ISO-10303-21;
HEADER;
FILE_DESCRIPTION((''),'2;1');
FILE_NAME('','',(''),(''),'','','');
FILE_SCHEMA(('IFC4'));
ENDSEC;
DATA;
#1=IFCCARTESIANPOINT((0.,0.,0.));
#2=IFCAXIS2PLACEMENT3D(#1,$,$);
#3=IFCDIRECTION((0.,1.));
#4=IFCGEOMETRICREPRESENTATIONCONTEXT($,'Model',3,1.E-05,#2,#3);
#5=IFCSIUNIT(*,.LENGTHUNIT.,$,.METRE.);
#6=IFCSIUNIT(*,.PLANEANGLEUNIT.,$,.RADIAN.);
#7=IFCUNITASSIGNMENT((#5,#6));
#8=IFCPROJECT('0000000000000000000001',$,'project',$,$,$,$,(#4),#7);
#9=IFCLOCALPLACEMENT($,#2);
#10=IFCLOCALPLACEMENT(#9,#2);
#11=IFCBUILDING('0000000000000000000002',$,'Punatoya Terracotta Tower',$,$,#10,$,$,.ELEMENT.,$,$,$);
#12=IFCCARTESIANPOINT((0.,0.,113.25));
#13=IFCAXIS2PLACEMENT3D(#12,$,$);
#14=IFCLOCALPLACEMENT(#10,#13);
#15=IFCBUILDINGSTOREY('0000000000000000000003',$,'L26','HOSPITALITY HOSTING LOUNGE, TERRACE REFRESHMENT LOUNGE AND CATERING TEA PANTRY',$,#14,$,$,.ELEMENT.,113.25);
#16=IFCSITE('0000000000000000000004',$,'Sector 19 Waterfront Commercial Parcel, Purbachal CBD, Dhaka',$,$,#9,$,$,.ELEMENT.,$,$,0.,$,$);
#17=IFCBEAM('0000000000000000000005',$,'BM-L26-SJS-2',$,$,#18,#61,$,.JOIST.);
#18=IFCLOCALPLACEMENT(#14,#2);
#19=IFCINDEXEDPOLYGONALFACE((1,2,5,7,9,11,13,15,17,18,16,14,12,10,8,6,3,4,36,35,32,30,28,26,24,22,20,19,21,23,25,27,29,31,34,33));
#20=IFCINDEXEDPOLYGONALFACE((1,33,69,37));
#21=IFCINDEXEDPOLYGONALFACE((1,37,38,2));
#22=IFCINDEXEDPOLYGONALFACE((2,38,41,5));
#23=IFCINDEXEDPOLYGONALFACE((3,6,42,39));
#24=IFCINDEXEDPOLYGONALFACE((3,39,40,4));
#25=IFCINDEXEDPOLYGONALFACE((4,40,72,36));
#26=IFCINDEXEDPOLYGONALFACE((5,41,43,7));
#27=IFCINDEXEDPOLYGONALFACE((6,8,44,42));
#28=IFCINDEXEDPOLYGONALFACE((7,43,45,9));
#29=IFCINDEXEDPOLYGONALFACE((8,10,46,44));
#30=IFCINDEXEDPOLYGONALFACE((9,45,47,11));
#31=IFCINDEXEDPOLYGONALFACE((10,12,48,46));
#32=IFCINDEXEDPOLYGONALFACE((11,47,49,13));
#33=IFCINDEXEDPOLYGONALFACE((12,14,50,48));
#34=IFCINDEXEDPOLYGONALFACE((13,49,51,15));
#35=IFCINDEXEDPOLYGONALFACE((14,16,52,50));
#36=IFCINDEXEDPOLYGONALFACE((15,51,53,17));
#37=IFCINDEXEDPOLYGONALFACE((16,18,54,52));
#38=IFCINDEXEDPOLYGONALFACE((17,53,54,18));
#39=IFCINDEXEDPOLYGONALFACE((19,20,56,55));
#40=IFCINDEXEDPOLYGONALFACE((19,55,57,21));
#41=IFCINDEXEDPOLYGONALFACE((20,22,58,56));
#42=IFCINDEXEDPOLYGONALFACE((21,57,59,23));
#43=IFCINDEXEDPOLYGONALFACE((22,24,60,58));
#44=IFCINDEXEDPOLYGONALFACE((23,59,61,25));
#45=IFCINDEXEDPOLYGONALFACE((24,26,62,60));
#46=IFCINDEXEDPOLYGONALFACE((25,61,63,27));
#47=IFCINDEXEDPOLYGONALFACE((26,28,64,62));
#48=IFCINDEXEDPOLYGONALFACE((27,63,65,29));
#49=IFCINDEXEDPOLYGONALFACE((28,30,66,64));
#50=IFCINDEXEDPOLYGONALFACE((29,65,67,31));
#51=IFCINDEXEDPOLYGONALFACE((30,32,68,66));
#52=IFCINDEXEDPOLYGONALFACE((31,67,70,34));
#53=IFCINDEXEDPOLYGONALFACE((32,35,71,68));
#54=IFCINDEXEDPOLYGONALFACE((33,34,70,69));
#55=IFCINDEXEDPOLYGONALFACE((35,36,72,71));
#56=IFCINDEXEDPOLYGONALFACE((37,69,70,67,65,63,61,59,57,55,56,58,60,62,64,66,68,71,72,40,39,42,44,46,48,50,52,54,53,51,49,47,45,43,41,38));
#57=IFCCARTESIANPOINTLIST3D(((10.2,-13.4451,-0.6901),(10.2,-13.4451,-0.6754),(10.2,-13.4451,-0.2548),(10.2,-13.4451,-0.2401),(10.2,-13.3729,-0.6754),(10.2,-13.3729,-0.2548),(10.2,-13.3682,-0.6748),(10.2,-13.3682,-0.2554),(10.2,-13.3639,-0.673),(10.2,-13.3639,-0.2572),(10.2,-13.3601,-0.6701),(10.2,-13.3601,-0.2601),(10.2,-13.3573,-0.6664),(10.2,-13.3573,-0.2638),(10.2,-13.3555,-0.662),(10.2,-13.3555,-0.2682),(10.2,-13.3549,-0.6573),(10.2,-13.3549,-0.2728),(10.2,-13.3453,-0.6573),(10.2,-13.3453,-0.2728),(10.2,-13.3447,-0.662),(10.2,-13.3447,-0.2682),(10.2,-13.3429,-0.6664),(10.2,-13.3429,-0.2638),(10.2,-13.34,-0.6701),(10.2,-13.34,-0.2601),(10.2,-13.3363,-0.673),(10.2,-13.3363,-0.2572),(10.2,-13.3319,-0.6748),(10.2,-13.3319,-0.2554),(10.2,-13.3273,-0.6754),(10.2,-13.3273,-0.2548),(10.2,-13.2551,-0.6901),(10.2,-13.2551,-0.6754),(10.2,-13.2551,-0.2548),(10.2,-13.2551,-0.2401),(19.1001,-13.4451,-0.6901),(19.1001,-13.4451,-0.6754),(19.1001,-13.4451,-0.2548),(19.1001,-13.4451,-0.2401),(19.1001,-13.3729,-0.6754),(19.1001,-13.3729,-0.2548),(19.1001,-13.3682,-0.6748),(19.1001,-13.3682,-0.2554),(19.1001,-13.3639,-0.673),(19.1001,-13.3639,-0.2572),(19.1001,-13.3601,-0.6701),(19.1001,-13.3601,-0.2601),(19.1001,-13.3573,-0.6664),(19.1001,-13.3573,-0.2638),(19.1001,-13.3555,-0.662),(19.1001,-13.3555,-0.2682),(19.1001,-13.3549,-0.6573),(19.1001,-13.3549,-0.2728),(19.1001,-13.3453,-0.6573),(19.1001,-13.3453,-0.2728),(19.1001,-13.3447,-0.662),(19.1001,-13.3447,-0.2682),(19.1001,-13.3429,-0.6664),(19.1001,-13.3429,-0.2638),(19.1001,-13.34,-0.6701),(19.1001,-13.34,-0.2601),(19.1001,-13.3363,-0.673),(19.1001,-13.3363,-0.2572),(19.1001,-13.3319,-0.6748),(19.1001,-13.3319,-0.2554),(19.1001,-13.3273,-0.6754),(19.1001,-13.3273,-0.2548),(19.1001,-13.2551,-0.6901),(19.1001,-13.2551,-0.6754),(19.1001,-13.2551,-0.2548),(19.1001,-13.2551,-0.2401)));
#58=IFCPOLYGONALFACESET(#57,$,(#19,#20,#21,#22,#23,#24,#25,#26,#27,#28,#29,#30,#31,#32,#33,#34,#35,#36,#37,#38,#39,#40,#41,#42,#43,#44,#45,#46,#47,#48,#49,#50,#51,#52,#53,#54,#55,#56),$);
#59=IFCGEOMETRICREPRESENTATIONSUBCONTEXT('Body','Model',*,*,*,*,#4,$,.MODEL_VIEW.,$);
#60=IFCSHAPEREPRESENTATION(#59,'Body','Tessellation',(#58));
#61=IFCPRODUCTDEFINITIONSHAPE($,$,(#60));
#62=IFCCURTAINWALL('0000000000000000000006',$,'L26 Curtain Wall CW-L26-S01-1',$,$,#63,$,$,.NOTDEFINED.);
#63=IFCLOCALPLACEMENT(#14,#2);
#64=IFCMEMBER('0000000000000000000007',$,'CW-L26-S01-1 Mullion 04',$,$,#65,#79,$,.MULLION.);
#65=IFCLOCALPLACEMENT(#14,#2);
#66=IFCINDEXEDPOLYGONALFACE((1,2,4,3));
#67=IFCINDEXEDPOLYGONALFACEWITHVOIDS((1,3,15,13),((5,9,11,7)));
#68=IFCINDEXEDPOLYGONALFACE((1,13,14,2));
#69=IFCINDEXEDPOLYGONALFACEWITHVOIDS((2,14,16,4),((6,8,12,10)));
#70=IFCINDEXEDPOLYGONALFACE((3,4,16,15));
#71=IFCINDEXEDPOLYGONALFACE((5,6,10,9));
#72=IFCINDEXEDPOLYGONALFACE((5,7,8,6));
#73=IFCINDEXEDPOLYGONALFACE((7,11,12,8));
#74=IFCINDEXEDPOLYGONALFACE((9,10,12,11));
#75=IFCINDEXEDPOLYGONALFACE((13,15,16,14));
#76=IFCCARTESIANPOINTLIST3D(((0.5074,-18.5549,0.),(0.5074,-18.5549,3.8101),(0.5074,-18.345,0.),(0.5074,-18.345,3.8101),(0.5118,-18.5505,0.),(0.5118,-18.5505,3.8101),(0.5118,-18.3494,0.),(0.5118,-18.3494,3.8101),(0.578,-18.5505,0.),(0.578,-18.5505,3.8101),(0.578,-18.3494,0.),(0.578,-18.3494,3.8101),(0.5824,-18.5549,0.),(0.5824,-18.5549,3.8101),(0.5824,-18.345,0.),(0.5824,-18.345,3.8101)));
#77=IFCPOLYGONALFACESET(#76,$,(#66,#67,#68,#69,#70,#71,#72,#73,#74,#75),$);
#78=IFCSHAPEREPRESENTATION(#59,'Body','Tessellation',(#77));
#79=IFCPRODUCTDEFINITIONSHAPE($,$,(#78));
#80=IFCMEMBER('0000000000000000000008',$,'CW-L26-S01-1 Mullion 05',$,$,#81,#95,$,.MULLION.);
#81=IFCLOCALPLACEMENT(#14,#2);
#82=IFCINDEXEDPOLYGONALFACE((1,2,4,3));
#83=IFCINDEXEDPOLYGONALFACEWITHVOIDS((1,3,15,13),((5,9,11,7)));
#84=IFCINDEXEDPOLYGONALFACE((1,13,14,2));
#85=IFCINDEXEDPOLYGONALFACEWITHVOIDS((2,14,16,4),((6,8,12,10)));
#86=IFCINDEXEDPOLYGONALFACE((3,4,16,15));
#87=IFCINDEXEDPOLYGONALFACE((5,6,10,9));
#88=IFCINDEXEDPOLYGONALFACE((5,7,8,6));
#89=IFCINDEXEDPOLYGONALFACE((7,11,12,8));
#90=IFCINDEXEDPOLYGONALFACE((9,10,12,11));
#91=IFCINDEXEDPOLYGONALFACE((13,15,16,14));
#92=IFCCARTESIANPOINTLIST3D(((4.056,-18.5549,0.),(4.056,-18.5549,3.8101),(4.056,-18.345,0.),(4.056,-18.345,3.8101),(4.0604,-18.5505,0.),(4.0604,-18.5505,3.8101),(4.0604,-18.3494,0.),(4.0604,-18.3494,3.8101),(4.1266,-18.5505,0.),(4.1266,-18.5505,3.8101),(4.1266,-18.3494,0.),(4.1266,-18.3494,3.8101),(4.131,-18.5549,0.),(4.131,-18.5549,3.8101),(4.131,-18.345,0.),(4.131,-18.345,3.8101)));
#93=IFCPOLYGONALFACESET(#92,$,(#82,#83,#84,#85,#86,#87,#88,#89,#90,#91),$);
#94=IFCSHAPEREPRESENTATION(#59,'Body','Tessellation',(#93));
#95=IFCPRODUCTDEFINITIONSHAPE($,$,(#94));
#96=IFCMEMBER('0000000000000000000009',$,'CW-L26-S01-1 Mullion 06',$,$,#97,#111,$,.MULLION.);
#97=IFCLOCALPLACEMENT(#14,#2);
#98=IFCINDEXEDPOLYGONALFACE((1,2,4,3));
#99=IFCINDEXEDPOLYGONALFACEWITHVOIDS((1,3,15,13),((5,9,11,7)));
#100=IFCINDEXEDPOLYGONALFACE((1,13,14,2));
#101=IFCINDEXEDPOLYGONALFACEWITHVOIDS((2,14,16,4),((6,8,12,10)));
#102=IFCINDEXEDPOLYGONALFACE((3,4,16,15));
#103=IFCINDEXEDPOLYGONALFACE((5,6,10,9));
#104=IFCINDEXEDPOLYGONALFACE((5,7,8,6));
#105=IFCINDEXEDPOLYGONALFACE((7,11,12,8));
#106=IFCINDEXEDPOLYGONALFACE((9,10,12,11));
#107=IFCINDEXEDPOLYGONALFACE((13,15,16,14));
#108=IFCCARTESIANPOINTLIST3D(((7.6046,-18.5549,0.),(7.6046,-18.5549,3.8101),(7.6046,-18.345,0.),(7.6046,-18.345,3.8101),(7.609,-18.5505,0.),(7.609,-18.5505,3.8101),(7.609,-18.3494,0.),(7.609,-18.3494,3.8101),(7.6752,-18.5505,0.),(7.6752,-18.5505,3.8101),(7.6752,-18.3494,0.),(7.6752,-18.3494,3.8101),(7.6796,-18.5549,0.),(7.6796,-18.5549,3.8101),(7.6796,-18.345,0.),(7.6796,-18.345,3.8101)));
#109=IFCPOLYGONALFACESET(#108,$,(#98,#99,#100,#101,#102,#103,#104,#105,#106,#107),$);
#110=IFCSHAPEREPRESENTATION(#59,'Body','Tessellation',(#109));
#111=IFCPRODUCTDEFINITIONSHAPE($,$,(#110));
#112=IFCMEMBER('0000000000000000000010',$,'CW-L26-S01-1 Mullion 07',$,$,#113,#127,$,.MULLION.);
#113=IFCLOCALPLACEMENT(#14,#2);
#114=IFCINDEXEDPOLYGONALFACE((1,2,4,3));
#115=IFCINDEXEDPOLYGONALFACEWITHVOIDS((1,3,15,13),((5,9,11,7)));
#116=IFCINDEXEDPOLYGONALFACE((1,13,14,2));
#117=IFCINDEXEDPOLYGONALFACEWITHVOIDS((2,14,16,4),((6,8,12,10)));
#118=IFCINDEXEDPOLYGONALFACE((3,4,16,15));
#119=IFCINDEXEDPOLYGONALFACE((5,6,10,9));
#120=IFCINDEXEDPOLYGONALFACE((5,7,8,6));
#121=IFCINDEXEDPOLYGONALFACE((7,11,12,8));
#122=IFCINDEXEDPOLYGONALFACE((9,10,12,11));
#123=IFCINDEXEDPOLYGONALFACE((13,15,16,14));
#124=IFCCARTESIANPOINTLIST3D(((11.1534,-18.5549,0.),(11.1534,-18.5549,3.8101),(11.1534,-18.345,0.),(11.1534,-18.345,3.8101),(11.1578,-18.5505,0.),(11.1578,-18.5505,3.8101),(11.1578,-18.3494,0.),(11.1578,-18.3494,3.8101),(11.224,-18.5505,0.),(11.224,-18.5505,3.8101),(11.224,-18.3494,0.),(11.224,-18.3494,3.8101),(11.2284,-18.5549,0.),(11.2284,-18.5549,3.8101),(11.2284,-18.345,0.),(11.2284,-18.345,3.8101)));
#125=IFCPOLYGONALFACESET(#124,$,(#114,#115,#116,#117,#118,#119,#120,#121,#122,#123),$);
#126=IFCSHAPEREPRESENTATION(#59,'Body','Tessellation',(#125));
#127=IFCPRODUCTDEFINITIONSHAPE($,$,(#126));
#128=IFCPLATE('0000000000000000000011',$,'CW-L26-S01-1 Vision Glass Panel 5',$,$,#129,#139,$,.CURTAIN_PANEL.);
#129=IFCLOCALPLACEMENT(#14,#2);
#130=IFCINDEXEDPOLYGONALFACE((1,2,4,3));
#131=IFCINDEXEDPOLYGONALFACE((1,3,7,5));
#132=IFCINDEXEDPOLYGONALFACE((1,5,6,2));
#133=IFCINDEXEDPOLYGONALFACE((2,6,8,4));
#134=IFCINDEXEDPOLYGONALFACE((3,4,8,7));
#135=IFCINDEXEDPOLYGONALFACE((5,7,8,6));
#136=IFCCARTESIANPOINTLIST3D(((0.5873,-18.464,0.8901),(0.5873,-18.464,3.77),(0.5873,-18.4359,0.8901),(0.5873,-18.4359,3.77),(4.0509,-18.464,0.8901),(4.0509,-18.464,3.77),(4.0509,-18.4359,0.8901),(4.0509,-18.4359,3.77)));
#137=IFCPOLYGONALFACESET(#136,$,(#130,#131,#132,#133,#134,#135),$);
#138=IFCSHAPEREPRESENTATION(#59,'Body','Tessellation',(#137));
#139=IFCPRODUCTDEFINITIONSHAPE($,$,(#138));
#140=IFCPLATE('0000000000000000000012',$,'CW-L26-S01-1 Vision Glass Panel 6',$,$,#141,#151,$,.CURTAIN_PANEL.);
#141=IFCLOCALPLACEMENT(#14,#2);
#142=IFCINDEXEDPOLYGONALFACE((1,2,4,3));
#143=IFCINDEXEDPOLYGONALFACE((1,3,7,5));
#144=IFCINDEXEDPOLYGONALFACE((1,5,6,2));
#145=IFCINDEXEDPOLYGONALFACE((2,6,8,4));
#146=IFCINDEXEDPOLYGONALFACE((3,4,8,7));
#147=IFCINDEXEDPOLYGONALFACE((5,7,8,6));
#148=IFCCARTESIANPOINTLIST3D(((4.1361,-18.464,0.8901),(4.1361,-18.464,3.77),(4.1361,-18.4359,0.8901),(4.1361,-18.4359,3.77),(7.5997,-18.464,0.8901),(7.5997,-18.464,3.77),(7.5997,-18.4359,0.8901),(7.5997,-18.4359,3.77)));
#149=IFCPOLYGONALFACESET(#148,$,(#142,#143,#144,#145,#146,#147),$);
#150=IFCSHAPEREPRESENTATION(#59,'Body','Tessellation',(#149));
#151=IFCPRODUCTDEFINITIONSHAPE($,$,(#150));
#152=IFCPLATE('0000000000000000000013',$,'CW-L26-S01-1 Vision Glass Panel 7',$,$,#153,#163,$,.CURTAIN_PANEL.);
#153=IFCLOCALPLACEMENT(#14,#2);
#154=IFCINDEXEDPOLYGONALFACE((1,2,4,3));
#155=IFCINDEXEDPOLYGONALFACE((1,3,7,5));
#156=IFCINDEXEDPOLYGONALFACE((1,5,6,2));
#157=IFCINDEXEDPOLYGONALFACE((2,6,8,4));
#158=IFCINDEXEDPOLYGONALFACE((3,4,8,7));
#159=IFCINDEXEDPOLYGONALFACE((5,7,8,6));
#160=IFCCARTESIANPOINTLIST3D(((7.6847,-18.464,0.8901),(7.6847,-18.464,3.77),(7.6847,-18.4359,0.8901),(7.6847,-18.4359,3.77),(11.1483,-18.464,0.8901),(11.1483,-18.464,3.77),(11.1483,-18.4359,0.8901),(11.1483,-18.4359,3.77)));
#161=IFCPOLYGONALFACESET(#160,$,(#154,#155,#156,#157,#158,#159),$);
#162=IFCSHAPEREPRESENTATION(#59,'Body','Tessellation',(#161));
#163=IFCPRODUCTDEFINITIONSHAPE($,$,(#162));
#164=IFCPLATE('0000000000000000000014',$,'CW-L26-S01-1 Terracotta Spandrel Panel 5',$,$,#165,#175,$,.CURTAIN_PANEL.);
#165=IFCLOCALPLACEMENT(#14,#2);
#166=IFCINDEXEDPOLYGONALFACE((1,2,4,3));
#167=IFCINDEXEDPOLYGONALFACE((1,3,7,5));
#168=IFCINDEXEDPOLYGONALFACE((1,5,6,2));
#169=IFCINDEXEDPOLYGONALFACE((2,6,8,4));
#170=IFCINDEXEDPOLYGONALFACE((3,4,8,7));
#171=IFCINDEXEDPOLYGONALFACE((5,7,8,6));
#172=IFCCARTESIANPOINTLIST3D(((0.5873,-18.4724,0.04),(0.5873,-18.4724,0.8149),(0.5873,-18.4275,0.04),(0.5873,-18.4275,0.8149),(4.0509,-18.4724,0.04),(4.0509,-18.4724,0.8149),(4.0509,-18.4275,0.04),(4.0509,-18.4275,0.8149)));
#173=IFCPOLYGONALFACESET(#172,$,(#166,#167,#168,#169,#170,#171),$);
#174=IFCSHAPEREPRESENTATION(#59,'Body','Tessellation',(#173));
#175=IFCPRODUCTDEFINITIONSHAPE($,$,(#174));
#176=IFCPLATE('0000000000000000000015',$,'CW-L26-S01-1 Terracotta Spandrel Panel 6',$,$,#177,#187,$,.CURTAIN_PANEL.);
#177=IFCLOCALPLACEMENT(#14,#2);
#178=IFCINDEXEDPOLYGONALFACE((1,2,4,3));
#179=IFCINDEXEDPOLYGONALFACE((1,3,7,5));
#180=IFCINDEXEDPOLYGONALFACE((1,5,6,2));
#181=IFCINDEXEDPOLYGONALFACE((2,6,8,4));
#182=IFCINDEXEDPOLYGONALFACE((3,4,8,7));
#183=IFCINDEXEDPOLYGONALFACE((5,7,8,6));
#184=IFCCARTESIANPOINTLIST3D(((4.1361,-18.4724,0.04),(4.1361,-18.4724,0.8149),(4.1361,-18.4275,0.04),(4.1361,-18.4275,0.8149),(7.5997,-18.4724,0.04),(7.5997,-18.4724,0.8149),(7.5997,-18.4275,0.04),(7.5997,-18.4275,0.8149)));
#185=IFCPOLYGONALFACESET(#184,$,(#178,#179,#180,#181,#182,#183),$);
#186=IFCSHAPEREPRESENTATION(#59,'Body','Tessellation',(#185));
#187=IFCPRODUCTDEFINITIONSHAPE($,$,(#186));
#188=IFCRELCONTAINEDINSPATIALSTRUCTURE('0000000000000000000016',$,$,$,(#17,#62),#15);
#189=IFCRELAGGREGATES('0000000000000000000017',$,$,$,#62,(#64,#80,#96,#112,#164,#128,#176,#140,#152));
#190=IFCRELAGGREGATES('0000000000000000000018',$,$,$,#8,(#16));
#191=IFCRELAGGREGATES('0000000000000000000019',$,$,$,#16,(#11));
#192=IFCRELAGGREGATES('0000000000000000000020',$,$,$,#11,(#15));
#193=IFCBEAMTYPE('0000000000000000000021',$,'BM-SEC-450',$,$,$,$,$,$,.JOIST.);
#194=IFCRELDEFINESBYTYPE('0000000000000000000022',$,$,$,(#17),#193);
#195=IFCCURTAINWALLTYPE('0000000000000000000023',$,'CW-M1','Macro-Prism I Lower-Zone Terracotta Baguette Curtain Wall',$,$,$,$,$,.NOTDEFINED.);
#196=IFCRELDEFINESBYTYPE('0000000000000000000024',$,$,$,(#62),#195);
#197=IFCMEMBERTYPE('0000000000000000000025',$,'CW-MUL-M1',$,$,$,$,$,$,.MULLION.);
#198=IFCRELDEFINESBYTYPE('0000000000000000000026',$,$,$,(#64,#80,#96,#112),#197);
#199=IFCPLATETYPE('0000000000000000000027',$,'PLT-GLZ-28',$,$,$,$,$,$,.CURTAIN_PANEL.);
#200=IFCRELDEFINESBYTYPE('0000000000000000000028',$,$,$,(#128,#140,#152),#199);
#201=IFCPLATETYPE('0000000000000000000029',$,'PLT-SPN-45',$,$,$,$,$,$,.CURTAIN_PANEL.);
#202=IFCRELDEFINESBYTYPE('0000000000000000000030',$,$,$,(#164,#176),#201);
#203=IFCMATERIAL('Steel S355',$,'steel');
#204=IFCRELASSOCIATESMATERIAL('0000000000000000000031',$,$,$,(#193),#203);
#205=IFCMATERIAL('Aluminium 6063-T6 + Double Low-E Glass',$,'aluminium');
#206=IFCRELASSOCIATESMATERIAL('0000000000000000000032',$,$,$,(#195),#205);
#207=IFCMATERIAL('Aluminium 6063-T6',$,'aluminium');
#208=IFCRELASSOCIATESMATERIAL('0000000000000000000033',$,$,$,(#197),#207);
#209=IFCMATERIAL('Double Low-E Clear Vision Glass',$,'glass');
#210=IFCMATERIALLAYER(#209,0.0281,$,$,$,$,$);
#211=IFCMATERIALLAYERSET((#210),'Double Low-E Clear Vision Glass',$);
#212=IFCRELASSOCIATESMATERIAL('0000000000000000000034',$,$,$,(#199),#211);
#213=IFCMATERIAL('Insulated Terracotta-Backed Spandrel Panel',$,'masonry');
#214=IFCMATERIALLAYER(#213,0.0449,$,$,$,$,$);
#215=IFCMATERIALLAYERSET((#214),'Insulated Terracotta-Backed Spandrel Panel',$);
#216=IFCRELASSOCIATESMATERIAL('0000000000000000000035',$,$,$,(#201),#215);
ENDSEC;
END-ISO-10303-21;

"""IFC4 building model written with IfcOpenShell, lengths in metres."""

from ifc_helpers import new_model, si_unit, direction, frame, origin, origin_2d, place, context, subcontext, project, spatial, rectangle, hollow_rectangle, i_section, extrude, material, layer, layer_set, material_profile, profile_set, type_object, element, aggregate, save


model = new_model("IFC4")

# Units and contexts
model_context = context("Model", 3, precision=1e-05, world=origin(), true_north=direction((0.0, 1.0)))
body_context = subcontext(model_context, "Body", "Model", "MODEL_VIEW")
ifc_project = project(units=[si_unit("LENGTHUNIT", "METRE"), si_unit("PLANEANGLEUNIT", "RADIAN")], contexts=[model_context])

# Site, building, storey
site_placement = place(None, origin())
site = spatial("IfcSite", under=ifc_project, at=site_placement, Name="Sector 19 Waterfront Commercial Parcel, Purbachal CBD, Dhaka", CompositionType="ELEMENT", RefElevation=0.0)
building_placement = place(site_placement, origin())
building = spatial("IfcBuilding", under=site, at=building_placement, Name="Punatoya Terracotta Tower", CompositionType="ELEMENT")
storey_placement = place(building_placement, frame((0.0, 0.0, 113.25)))
storey = spatial("IfcBuildingStorey", under=building, at=storey_placement, Name="L26", Description="HOSPITALITY HOSTING LOUNGE, TERRACE REFRESHMENT LOUNGE AND CATERING TEA PANTRY", CompositionType="ELEMENT", Elevation=113.25)

# Beam
ifc_material_1 = material(Name="Steel S355", Category="steel")
ifc_material_profile_1 = material_profile(ifc_material_1, i_section(OverallWidth=0.1899, OverallDepth=0.45, WebThickness=0.0095, FlangeThickness=0.0146, FilletRadius=0.0181, at=origin_2d()))
ifc_profile_set_1 = profile_set([ifc_material_profile_1], Name="Steel S355")
beam_type_1 = type_object("IfcBeamType", Name="BM-SEC-450", PredefinedType="JOIST", material=ifc_profile_set_1)
beam_1_placement = place(storey_placement, frame((10.2, -13.3501, -0.4651), z_axis=(1.0, 0.0, 0.0), x_axis=(0.0, 1.0, 0.0)))
element("IfcBeam", 1, at=beam_1_placement, inside=storey, type_object=beam_type_1, Name="BM-L26-SJS-2", PredefinedType="JOIST", context=body_context, shape_type="SweptSolid", body=[
    extrude(i_section(OverallWidth=0.1899, OverallDepth=0.45, WebThickness=0.0095, FlangeThickness=0.0146, FilletRadius=0.0181, at=origin_2d()), origin(), (0.0, 0.0, 1.0), 8.9001),
])

# Curtain wall, members, plates
ifc_material_2 = material(Name="Aluminium 6063-T6 + Double Low-E Glass", Category="aluminium")
curtain_wall_type = type_object("IfcCurtainWallType", Name="CW-M1", Description="Macro-Prism I Lower-Zone Terracotta Baguette Curtain Wall", PredefinedType="NOTDEFINED", material=ifc_material_2)
curtain_wall_placement = place(storey_placement, origin())
curtain_wall = element("IfcCurtainWall", 2, at=curtain_wall_placement, inside=storey, type_object=curtain_wall_type, Name="L26 Curtain Wall CW-L26-S01-1", PredefinedType="NOTDEFINED")
ifc_material_3 = material(Name="Aluminium 6063-T6", Category="aluminium")
ifc_material_profile_2 = material_profile(ifc_material_3, hollow_rectangle(XDim=0.075, YDim=0.21, WallThickness=0.0044, at=origin_2d()))
ifc_profile_set_2 = profile_set([ifc_material_profile_2], Name="Aluminium 6063-T6")
member_type = type_object("IfcMemberType", Name="CW-MUL-M1", PredefinedType="MULLION", material=ifc_profile_set_2)
member_1_placement = place(storey_placement, frame((0.5449, -18.45, 0.0), z_axis=(0.0, 0.0, 1.0), x_axis=(1.0, 0.0, 0.0)))
member_1 = element("IfcMember", 3, at=member_1_placement, type_object=member_type, Name="CW-L26-S01-1 Mullion 04", PredefinedType="MULLION", context=body_context, shape_type="SweptSolid", body=[
    extrude(hollow_rectangle(XDim=0.075, YDim=0.21, WallThickness=0.0044, at=origin_2d()), origin(), (0.0, 0.0, 1.0), 3.8101),
])
member_2_placement = place(storey_placement, frame((4.0935, -18.45, 0.0), z_axis=(0.0, 0.0, 1.0), x_axis=(1.0, 0.0, 0.0)))
member_2 = element("IfcMember", 4, at=member_2_placement, type_object=member_type, Name="CW-L26-S01-1 Mullion 05", PredefinedType="MULLION", context=body_context, shape_type="SweptSolid", body=[
    extrude(hollow_rectangle(XDim=0.075, YDim=0.21, WallThickness=0.0044, at=origin_2d()), origin(), (0.0, 0.0, 1.0), 3.8101),
])
member_3_placement = place(storey_placement, frame((7.6421, -18.45, 0.0), z_axis=(0.0, 0.0, 1.0), x_axis=(1.0, 0.0, 0.0)))
member_3 = element("IfcMember", 5, at=member_3_placement, type_object=member_type, Name="CW-L26-S01-1 Mullion 06", PredefinedType="MULLION", context=body_context, shape_type="SweptSolid", body=[
    extrude(hollow_rectangle(XDim=0.075, YDim=0.21, WallThickness=0.0044, at=origin_2d()), origin(), (0.0, 0.0, 1.0), 3.8101),
])
member_4_placement = place(storey_placement, frame((11.1909, -18.45, 0.0), z_axis=(0.0, 0.0, 1.0), x_axis=(1.0, 0.0, 0.0)))
member_4 = element("IfcMember", 6, at=member_4_placement, type_object=member_type, Name="CW-L26-S01-1 Mullion 07", PredefinedType="MULLION", context=body_context, shape_type="SweptSolid", body=[
    extrude(hollow_rectangle(XDim=0.075, YDim=0.21, WallThickness=0.0044, at=origin_2d()), origin(), (0.0, 0.0, 1.0), 3.8101),
])
ifc_material_4 = material(Name="Double Low-E Clear Vision Glass", Category="glass")
ifc_layer_1 = layer(ifc_material_4, 0.0281)
ifc_layer_set_1 = layer_set([ifc_layer_1], Name="Double Low-E Clear Vision Glass")
plate_type_1 = type_object("IfcPlateType", Name="PLT-GLZ-28", PredefinedType="CURTAIN_PANEL", material=ifc_layer_set_1)
plate_1_placement = place(storey_placement, frame((2.3191, -18.45, 0.8901), z_axis=(0.0, 0.0, 1.0), x_axis=(1.0, 0.0, 0.0)))
plate_1 = element("IfcPlate", 7, at=plate_1_placement, type_object=plate_type_1, Name="CW-L26-S01-1 Vision Glass Panel 5", PredefinedType="CURTAIN_PANEL", context=body_context, shape_type="SweptSolid", body=[
    extrude(rectangle(XDim=3.4636, YDim=0.0281, at=origin_2d()), origin(), (0.0, 0.0, 1.0), 2.8799),
])
plate_2_placement = place(storey_placement, frame((5.8679, -18.45, 0.8901), z_axis=(0.0, 0.0, 1.0), x_axis=(1.0, 0.0, 0.0)))
plate_2 = element("IfcPlate", 8, at=plate_2_placement, type_object=plate_type_1, Name="CW-L26-S01-1 Vision Glass Panel 6", PredefinedType="CURTAIN_PANEL", context=body_context, shape_type="SweptSolid", body=[
    extrude(rectangle(XDim=3.4636, YDim=0.0281, at=origin_2d()), origin(), (0.0, 0.0, 1.0), 2.8799),
])
plate_3_placement = place(storey_placement, frame((9.4165, -18.45, 0.8901), z_axis=(0.0, 0.0, 1.0), x_axis=(1.0, 0.0, 0.0)))
plate_3 = element("IfcPlate", 9, at=plate_3_placement, type_object=plate_type_1, Name="CW-L26-S01-1 Vision Glass Panel 7", PredefinedType="CURTAIN_PANEL", context=body_context, shape_type="SweptSolid", body=[
    extrude(rectangle(XDim=3.4636, YDim=0.0281, at=origin_2d()), origin(), (0.0, 0.0, 1.0), 2.8799),
])
ifc_material_5 = material(Name="Insulated Terracotta-Backed Spandrel Panel", Category="masonry")
ifc_layer_2 = layer(ifc_material_5, 0.0449)
ifc_layer_set_2 = layer_set([ifc_layer_2], Name="Insulated Terracotta-Backed Spandrel Panel")
plate_type_2 = type_object("IfcPlateType", Name="PLT-SPN-45", PredefinedType="CURTAIN_PANEL", material=ifc_layer_set_2)
plate_4_placement = place(storey_placement, frame((2.3191, -18.45, 0.04), z_axis=(0.0, 0.0, 1.0), x_axis=(1.0, 0.0, 0.0)))
plate_4 = element("IfcPlate", 10, at=plate_4_placement, type_object=plate_type_2, Name="CW-L26-S01-1 Terracotta Spandrel Panel 5", PredefinedType="CURTAIN_PANEL", context=body_context, shape_type="SweptSolid", body=[
    extrude(rectangle(XDim=3.4636, YDim=0.0449, at=origin_2d()), origin(), (0.0, 0.0, 1.0), 0.7749),
])
plate_5_placement = place(storey_placement, frame((5.8679, -18.45, 0.04), z_axis=(0.0, 0.0, 1.0), x_axis=(1.0, 0.0, 0.0)))
plate_5 = element("IfcPlate", 11, at=plate_5_placement, type_object=plate_type_2, Name="CW-L26-S01-1 Terracotta Spandrel Panel 6", PredefinedType="CURTAIN_PANEL", context=body_context, shape_type="SweptSolid", body=[
    extrude(rectangle(XDim=3.4636, YDim=0.0449, at=origin_2d()), origin(), (0.0, 0.0, 1.0), 0.7749),
])
aggregate(curtain_wall, [member_1, member_2, member_3, member_4, plate_4, plate_1, plate_5, plate_2, plate_3])

save(model, "model.ifc")
